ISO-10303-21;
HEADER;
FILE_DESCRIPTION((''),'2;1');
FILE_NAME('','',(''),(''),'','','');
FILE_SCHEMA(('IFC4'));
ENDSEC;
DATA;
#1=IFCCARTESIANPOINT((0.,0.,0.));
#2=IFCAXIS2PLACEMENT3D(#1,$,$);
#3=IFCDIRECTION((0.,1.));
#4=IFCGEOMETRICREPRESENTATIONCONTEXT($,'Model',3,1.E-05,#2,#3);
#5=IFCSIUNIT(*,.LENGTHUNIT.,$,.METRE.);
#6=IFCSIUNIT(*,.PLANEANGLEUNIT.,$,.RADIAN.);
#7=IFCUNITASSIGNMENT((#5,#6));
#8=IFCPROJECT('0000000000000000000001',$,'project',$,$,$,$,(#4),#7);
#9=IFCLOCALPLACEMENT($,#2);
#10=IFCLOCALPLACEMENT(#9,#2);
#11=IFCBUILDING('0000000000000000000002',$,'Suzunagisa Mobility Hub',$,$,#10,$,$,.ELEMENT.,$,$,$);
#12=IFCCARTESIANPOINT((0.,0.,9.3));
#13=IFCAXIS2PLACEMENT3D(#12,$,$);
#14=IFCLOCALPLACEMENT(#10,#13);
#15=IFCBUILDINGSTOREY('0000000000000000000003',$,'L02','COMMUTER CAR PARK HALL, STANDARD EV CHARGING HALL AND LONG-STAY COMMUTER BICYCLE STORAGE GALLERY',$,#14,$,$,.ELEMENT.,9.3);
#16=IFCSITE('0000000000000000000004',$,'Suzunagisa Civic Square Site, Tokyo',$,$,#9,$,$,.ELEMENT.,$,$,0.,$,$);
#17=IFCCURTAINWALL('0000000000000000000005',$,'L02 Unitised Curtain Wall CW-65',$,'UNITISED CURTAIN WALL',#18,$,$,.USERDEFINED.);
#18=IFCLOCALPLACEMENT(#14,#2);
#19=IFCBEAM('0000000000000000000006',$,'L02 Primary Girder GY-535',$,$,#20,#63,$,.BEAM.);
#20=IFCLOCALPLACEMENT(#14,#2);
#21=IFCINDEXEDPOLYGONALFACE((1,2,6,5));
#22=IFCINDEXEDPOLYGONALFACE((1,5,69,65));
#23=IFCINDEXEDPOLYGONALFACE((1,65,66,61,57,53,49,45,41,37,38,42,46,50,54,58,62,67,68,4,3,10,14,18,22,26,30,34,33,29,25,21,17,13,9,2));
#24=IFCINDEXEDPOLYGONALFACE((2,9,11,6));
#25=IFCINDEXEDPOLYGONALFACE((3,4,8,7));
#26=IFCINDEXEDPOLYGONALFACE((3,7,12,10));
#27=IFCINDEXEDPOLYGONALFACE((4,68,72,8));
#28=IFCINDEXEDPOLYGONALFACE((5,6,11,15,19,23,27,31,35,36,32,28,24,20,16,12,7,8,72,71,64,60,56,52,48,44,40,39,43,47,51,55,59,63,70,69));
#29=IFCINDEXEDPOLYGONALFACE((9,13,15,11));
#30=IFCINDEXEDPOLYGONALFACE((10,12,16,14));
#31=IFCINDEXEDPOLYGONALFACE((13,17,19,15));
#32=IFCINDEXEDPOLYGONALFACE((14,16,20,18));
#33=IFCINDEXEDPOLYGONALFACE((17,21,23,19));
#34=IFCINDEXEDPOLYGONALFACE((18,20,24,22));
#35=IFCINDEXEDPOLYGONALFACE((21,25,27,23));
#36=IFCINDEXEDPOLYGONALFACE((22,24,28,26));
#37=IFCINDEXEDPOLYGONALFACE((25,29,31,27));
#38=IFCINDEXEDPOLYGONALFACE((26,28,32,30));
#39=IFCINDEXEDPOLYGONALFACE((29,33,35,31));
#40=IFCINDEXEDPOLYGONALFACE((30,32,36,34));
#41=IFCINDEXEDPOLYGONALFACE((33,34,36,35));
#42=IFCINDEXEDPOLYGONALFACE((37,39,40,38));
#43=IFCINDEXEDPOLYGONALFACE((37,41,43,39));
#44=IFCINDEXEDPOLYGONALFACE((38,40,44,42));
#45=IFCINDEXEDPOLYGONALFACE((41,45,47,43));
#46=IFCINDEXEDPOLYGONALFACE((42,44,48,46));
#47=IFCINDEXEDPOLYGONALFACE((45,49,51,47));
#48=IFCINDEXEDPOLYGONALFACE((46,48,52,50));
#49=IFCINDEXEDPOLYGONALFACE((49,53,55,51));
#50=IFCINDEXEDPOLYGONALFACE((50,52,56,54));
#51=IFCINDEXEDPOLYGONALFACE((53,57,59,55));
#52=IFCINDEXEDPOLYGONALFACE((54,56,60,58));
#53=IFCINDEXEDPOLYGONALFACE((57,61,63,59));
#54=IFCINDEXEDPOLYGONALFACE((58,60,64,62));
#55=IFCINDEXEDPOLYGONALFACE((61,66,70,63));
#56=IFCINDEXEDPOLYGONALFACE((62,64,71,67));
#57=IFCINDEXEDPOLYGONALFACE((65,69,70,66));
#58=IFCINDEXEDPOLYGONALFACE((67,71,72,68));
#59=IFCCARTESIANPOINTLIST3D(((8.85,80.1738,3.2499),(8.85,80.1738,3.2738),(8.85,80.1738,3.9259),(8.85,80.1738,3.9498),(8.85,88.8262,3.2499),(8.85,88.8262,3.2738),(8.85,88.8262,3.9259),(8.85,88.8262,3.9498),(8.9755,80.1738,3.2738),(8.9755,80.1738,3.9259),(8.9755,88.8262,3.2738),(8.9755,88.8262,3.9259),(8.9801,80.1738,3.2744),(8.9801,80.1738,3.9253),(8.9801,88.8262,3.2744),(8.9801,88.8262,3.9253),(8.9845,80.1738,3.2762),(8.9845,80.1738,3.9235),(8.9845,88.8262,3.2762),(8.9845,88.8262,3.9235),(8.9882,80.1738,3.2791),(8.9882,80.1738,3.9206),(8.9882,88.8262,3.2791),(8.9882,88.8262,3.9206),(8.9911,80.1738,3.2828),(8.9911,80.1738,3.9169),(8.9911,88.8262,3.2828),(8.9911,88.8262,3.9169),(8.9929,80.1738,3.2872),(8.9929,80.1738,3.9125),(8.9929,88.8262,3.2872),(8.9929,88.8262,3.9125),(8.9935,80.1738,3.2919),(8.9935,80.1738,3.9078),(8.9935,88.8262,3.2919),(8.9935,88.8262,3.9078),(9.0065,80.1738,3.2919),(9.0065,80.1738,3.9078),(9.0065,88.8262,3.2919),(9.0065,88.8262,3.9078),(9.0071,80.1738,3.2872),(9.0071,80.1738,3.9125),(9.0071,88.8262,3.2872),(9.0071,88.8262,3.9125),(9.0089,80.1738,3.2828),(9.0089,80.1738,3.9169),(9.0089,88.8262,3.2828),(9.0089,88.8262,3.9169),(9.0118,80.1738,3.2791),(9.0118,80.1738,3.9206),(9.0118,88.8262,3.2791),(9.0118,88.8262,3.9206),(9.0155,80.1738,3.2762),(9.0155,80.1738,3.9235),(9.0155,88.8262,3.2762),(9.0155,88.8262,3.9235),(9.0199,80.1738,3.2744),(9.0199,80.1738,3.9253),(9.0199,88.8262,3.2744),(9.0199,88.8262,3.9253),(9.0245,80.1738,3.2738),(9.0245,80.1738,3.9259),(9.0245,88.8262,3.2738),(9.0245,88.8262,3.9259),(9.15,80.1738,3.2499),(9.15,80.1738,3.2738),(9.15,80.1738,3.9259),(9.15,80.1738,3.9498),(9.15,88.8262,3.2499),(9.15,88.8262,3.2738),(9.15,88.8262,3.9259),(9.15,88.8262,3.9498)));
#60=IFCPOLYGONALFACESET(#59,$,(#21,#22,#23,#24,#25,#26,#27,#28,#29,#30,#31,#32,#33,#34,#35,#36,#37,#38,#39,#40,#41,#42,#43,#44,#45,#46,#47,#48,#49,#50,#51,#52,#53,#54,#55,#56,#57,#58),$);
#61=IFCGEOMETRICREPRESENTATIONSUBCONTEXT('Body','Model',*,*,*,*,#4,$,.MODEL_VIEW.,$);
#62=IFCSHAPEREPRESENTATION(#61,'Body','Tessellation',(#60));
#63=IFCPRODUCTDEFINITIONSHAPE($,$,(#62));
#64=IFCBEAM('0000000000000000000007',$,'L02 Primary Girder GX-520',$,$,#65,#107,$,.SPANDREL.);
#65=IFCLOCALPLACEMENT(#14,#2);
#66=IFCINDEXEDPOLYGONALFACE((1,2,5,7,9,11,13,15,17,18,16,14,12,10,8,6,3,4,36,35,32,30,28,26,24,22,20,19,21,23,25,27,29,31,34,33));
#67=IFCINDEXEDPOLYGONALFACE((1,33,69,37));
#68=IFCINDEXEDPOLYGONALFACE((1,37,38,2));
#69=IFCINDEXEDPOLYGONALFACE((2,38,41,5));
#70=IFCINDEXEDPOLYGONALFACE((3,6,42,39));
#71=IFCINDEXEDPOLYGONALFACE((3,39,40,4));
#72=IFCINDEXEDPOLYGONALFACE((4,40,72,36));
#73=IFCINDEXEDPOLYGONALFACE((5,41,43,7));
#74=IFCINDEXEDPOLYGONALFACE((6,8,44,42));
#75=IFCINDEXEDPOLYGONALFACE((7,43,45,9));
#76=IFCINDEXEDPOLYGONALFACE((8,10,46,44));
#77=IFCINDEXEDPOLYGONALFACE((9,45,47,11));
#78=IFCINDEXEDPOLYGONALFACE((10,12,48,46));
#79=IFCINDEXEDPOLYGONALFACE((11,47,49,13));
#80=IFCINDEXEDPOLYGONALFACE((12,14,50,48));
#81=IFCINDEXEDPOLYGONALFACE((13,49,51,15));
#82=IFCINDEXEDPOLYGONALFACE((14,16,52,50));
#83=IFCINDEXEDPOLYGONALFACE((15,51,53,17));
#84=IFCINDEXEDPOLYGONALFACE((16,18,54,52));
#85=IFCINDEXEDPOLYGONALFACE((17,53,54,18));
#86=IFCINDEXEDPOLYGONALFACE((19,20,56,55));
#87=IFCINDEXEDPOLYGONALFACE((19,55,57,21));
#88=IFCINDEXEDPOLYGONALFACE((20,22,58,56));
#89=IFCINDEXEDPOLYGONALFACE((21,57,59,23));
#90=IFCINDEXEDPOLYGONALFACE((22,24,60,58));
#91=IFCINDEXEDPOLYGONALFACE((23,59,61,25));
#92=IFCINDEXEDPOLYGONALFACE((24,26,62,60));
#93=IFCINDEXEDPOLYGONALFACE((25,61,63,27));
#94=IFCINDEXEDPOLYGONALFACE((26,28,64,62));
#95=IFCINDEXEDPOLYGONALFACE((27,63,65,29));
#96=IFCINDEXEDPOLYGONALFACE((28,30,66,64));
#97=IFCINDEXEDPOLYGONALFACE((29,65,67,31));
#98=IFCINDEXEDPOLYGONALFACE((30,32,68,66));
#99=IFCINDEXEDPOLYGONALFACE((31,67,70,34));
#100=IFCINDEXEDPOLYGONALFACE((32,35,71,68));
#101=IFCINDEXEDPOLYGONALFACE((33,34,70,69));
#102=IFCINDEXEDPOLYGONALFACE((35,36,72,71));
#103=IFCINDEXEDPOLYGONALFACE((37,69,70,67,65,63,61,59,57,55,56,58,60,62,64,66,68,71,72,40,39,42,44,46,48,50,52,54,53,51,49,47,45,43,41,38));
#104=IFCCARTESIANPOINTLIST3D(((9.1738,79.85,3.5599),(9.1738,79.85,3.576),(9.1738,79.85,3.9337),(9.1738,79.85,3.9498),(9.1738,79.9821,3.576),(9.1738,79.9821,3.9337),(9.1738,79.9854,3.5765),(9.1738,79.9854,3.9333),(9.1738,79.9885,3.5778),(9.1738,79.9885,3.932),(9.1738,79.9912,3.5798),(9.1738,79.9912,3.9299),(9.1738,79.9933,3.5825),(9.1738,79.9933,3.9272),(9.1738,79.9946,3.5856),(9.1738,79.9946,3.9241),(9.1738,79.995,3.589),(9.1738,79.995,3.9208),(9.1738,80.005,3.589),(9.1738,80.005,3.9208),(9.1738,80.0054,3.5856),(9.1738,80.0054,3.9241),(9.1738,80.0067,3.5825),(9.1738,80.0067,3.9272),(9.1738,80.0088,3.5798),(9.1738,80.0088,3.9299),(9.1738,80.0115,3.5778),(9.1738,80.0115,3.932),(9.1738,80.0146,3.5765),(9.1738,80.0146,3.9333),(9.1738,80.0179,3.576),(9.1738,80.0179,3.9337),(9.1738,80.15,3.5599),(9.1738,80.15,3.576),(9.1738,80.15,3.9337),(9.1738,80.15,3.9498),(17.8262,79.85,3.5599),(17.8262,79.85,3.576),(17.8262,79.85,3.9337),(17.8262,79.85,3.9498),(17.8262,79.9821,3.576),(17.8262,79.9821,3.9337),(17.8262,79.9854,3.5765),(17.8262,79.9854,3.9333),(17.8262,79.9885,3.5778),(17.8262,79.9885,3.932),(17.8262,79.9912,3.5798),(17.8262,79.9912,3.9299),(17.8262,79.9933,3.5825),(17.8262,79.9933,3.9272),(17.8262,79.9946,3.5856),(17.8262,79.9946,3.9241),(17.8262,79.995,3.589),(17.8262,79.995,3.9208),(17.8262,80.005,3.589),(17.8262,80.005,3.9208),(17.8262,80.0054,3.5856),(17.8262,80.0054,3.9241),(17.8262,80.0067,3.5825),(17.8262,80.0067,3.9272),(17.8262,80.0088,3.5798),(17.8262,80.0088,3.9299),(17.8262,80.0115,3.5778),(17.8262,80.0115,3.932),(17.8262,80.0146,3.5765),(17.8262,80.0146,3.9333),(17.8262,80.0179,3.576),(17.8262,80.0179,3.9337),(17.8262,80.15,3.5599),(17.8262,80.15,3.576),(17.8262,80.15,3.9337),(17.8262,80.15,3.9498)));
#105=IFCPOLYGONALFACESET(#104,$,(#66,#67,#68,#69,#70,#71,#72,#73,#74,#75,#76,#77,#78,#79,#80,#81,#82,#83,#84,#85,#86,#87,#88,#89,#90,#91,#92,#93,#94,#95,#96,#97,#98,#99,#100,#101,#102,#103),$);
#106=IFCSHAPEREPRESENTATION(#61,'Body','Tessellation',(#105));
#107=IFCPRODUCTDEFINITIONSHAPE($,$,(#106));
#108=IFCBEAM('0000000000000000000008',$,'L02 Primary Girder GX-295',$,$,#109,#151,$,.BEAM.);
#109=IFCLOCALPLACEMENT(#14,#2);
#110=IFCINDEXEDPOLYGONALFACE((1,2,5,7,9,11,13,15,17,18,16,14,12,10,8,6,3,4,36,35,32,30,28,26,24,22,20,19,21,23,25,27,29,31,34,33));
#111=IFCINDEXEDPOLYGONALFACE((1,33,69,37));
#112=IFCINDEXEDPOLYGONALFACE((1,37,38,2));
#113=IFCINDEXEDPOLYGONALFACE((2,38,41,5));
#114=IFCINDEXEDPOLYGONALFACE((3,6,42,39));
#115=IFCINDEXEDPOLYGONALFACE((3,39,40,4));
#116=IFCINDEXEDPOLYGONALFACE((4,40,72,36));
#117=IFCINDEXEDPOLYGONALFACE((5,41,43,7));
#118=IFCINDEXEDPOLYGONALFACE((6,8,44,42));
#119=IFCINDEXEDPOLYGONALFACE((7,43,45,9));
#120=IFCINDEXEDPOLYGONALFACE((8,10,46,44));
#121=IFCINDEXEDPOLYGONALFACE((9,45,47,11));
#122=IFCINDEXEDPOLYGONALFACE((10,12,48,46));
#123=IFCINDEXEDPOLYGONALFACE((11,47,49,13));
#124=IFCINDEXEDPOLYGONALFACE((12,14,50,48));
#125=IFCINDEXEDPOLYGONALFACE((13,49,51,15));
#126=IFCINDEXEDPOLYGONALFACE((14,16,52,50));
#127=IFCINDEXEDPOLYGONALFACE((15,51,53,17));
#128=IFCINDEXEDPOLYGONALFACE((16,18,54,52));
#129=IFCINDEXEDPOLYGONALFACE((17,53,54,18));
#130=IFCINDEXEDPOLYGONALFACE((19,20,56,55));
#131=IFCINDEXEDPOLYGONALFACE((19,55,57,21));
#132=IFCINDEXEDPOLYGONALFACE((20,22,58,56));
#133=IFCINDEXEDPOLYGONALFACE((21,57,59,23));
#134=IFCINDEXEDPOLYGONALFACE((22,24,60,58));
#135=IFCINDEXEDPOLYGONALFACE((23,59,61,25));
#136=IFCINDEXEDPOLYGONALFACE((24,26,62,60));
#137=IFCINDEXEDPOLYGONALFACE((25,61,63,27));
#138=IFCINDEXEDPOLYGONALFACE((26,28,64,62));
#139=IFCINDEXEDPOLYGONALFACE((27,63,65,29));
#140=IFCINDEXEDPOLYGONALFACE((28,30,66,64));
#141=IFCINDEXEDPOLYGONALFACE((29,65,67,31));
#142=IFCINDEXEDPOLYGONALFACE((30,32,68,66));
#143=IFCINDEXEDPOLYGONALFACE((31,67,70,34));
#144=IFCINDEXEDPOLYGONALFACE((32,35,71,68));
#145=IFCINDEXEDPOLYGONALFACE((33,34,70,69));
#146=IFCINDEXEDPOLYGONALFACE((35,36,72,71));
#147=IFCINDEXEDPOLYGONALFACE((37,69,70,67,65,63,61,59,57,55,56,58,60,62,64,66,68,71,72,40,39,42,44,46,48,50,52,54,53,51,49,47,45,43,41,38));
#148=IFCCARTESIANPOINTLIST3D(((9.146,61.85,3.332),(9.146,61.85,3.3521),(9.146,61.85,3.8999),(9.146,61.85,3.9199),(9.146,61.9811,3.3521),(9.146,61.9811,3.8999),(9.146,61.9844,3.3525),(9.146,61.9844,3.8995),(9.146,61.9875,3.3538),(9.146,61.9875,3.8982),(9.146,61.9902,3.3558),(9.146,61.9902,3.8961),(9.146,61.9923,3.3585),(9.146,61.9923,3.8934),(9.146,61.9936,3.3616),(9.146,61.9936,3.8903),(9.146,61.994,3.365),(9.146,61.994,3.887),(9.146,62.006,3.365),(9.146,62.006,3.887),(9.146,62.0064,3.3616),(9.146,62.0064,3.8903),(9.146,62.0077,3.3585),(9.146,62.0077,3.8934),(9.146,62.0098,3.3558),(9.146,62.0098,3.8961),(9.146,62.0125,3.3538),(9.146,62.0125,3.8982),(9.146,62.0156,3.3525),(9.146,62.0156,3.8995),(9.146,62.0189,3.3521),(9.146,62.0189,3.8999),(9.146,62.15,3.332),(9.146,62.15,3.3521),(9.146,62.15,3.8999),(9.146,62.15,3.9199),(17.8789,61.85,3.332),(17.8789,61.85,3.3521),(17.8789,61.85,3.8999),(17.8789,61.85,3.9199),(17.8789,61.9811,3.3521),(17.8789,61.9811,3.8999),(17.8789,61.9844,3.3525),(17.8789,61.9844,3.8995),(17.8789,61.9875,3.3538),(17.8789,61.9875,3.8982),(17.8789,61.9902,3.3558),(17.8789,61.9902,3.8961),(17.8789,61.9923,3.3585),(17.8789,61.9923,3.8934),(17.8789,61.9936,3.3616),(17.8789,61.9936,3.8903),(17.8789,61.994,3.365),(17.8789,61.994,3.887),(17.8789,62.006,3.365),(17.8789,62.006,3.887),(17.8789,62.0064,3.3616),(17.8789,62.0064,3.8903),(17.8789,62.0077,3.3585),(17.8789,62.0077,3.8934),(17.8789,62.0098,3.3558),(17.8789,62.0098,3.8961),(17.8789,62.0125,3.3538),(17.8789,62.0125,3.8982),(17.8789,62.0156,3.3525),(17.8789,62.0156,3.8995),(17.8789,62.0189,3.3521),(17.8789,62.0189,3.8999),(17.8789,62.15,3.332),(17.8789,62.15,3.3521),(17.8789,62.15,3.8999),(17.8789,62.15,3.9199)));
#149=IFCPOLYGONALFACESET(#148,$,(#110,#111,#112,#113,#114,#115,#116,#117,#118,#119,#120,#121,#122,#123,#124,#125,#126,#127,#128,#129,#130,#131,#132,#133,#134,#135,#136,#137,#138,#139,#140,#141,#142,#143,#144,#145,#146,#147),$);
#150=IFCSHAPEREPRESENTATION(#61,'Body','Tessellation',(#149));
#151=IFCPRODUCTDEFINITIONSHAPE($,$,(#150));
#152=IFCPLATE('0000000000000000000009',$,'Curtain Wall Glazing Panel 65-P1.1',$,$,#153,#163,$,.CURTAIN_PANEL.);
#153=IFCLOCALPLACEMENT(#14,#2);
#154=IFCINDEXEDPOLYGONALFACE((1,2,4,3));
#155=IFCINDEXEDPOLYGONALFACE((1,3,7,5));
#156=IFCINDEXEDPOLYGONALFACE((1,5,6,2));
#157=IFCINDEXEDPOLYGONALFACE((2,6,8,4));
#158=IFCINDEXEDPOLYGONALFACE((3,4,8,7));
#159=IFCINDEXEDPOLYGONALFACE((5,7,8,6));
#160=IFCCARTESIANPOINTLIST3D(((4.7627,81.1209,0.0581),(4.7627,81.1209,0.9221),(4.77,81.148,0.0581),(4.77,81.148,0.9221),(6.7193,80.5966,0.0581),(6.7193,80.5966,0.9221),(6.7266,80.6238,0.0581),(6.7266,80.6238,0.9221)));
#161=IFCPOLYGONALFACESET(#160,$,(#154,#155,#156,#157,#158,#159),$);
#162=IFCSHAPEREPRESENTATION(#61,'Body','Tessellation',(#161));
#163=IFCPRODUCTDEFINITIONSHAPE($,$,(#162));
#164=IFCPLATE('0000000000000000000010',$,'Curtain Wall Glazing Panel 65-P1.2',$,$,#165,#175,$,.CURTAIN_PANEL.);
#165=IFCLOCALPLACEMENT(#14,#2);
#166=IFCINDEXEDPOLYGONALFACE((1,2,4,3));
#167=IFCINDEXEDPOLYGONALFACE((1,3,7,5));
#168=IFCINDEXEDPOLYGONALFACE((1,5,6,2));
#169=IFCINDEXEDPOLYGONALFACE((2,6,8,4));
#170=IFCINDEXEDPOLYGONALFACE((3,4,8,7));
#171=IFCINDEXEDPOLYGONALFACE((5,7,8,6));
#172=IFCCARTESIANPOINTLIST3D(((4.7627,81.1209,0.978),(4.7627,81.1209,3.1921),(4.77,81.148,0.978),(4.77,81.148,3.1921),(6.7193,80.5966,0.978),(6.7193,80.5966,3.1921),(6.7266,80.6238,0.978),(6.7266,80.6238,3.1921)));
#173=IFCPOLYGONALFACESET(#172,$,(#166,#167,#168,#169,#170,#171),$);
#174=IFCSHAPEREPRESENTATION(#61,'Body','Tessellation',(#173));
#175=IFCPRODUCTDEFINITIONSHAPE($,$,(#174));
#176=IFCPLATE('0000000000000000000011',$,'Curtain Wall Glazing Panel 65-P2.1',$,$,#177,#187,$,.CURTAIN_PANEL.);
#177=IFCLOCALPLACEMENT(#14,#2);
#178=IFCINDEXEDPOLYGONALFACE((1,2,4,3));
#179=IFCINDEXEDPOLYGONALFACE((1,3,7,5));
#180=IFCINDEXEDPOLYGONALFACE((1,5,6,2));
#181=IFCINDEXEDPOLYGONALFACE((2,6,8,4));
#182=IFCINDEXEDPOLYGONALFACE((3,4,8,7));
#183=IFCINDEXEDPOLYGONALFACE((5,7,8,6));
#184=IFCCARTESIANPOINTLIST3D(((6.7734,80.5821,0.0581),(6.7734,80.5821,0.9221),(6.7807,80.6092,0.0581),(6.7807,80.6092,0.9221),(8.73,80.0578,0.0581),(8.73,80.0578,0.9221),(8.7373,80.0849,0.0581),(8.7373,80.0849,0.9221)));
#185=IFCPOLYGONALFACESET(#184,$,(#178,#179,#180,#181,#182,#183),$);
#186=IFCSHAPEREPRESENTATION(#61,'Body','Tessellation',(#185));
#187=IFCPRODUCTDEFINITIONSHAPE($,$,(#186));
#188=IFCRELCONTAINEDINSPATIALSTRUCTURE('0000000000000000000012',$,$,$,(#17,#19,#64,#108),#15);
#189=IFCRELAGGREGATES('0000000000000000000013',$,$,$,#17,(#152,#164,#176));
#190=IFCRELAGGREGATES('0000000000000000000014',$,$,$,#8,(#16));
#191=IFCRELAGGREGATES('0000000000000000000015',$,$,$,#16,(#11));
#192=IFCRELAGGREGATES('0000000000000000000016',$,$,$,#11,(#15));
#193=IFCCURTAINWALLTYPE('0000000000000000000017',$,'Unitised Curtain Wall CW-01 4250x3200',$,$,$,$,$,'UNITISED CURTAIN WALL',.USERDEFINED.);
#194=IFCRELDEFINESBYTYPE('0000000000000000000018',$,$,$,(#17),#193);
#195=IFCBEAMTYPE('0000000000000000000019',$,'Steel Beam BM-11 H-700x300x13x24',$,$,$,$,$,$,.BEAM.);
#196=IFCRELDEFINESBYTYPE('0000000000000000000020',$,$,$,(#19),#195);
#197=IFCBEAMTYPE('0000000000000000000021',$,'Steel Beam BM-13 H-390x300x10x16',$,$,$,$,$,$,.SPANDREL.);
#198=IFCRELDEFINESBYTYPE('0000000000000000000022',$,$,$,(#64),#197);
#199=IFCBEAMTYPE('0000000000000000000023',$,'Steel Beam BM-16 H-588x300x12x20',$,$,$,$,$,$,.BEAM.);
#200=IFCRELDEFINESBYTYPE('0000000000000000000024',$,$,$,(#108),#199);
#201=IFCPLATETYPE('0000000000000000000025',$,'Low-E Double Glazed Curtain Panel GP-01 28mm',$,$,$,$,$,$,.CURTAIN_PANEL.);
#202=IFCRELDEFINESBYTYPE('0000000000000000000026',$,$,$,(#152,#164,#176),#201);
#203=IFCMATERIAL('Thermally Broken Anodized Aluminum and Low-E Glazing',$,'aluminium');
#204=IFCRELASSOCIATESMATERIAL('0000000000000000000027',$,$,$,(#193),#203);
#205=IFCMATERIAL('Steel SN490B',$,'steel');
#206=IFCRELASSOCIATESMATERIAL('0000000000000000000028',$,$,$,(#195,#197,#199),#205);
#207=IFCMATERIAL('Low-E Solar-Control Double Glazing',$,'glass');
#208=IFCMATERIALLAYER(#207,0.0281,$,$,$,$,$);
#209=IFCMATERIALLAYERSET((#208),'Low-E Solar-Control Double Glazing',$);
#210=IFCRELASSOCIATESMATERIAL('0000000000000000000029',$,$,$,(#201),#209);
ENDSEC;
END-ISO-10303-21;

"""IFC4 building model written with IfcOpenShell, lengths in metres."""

from ifc_helpers import new_model, si_unit, direction, frame, origin, origin_2d, place, context, subcontext, project, spatial, rectangle, i_section, extrude, material, layer, layer_set, material_profile, profile_set, type_object, element, aggregate, save


model = new_model("IFC4")

# Units and contexts
model_context = context("Model", 3, precision=1e-05, world=origin(), true_north=direction((0.0, 1.0)))
body_context = subcontext(model_context, "Body", "Model", "MODEL_VIEW")
ifc_project = project(units=[si_unit("LENGTHUNIT", "METRE"), si_unit("PLANEANGLEUNIT", "RADIAN")], contexts=[model_context])

# Site, building, storey
site_placement = place(None, origin())
site = spatial("IfcSite", under=ifc_project, at=site_placement, Name="Suzunagisa Civic Square Site, Tokyo", CompositionType="ELEMENT", RefElevation=0.0)
building_placement = place(site_placement, origin())
building = spatial("IfcBuilding", under=site, at=building_placement, Name="Suzunagisa Mobility Hub", CompositionType="ELEMENT")
storey_placement = place(building_placement, frame((0.0, 0.0, 9.3)))
storey = spatial("IfcBuildingStorey", under=building, at=storey_placement, Name="L02", Description="COMMUTER CAR PARK HALL, STANDARD EV CHARGING HALL AND LONG-STAY COMMUTER BICYCLE STORAGE GALLERY", CompositionType="ELEMENT", Elevation=9.3)

# Shared definitions
ifc_material_1 = material(Name="Steel SN490B", Category="steel")

# Curtain wall
ifc_material_2 = material(Name="Thermally Broken Anodized Aluminum and Low-E Glazing", Category="aluminium")
curtain_wall_type_1 = type_object("IfcCurtainWallType", Name="Unitised Curtain Wall CW-01 4250x3200", ElementType="UNITISED CURTAIN WALL", PredefinedType="USERDEFINED", material=ifc_material_2)
curtain_wall_1_placement = place(storey_placement, origin())
curtain_wall_1 = element("IfcCurtainWall", 1, at=curtain_wall_1_placement, inside=storey, type_object=curtain_wall_type_1, Name="L02 Unitised Curtain Wall CW-65", ObjectType="UNITISED CURTAIN WALL", PredefinedType="USERDEFINED")

# Beams
ifc_material_profile_1 = material_profile(ifc_material_1, i_section(OverallWidth=0.3, OverallDepth=0.7, WebThickness=0.0129, FlangeThickness=0.0239, FilletRadius=0.0181, at=origin_2d()), Name="H-700x300x13x24")
ifc_profile_set_1 = profile_set([ifc_material_profile_1], Name="Steel SN490B")
beam_type_1 = type_object("IfcBeamType", Name="Steel Beam BM-11 H-700x300x13x24", PredefinedType="BEAM", material=ifc_profile_set_1)
beam_1_placement = place(storey_placement, frame((9.0, 80.1738, 3.5999), z_axis=(0.0, 1.0, 0.0), x_axis=(-1.0, 0.0, 0.0)))
element("IfcBeam", 2, at=beam_1_placement, inside=storey, type_object=beam_type_1, Name="L02 Primary Girder GY-535", PredefinedType="BEAM", context=body_context, shape_type="SweptSolid", body=[
    extrude(i_section(OverallWidth=0.3, OverallDepth=0.7, WebThickness=0.0129, FlangeThickness=0.0239, FilletRadius=0.0181, at=origin_2d()), origin(), (0.0, 0.0, 1.0), 8.6523),
])
ifc_material_profile_2 = material_profile(ifc_material_1, i_section(OverallWidth=0.3, OverallDepth=0.3899, WebThickness=0.01, FlangeThickness=0.0161, FilletRadius=0.0129, at=origin_2d()), Name="H-390x300x10x16")
ifc_profile_set_2 = profile_set([ifc_material_profile_2], Name="Steel SN490B")
beam_type_2 = type_object("IfcBeamType", Name="Steel Beam BM-13 H-390x300x10x16", PredefinedType="SPANDREL", material=ifc_profile_set_2)
beam_2_placement = place(storey_placement, frame((9.1738, 80.0, 3.7549), z_axis=(1.0, 0.0, 0.0), x_axis=(0.0, 1.0, 0.0)))
element("IfcBeam", 3, at=beam_2_placement, inside=storey, type_object=beam_type_2, Name="L02 Primary Girder GX-520", PredefinedType="SPANDREL", context=body_context, shape_type="SweptSolid", body=[
    extrude(i_section(OverallWidth=0.3, OverallDepth=0.3899, WebThickness=0.01, FlangeThickness=0.0161, FilletRadius=0.0129, at=origin_2d()), origin(), (0.0, 0.0, 1.0), 8.6523),
])
ifc_material_profile_3 = material_profile(ifc_material_1, i_section(OverallWidth=0.3, OverallDepth=0.5879, WebThickness=0.012, FlangeThickness=0.02, FilletRadius=0.0129, at=origin_2d()), Name="H-588x300x12x20")
ifc_profile_set_3 = profile_set([ifc_material_profile_3], Name="Steel SN490B")
beam_type_3 = type_object("IfcBeamType", Name="Steel Beam BM-16 H-588x300x12x20", PredefinedType="BEAM", material=ifc_profile_set_3)
beam_3_placement = place(storey_placement, frame((9.146, 62.0, 3.626), z_axis=(1.0, 0.0, 0.0), x_axis=(0.0, 1.0, 0.0)))
element("IfcBeam", 4, at=beam_3_placement, inside=storey, type_object=beam_type_3, Name="L02 Primary Girder GX-295", PredefinedType="BEAM", context=body_context, shape_type="SweptSolid", body=[
    extrude(i_section(OverallWidth=0.3, OverallDepth=0.5879, WebThickness=0.012, FlangeThickness=0.02, FilletRadius=0.0129, at=origin_2d()), origin(), (0.0, 0.0, 1.0), 8.7329),
])

# Plates
ifc_material_3 = material(Name="Low-E Solar-Control Double Glazing", Category="glass")
ifc_layer = layer(ifc_material_3, 0.0281)
ifc_layer_set = layer_set([ifc_layer], Name="Low-E Solar-Control Double Glazing")
plate_type = type_object("IfcPlateType", Name="Low-E Double Glazed Curtain Panel GP-01 28mm", PredefinedType="CURTAIN_PANEL", material=ifc_layer_set)
plate_1_placement = place(storey_placement, frame((5.7446, 80.8723, 0.0581), z_axis=(0.0, 0.0, 1.0), x_axis=(0.96593, -0.258803, 0.0)))
plate_1 = element("IfcPlate", 5, at=plate_1_placement, type_object=plate_type, Name="Curtain Wall Glazing Panel 65-P1.1", PredefinedType="CURTAIN_PANEL", context=body_context, shape_type="SweptSolid", body=[
    extrude(rectangle(XDim=2.0256, YDim=0.0281, at=origin_2d()), origin(), (0.0, 0.0, 1.0), 0.864),
])
plate_2_placement = place(storey_placement, frame((5.7446, 80.8723, 0.978), z_axis=(0.0, 0.0, 1.0), x_axis=(0.96593, -0.258803, 0.0)))
plate_2 = element("IfcPlate", 6, at=plate_2_placement, type_object=plate_type, Name="Curtain Wall Glazing Panel 65-P1.2", PredefinedType="CURTAIN_PANEL", context=body_context, shape_type="SweptSolid", body=[
    extrude(rectangle(XDim=2.0256, YDim=0.0281, at=origin_2d()), origin(), (0.0, 0.0, 1.0), 2.2141),
])
plate_3_placement = place(storey_placement, frame((7.7554, 80.3335, 0.0581), z_axis=(0.0, 0.0, 1.0), x_axis=(0.96593, -0.258803, 0.0)))
plate_3 = element("IfcPlate", 7, at=plate_3_placement, type_object=plate_type, Name="Curtain Wall Glazing Panel 65-P2.1", PredefinedType="CURTAIN_PANEL", context=body_context, shape_type="SweptSolid", body=[
    extrude(rectangle(XDim=2.0256, YDim=0.0281, at=origin_2d()), origin(), (0.0, 0.0, 1.0), 0.864),
])
aggregate(curtain_wall_1, [plate_1, plate_2, plate_3])

save(model, "model.ifc")
